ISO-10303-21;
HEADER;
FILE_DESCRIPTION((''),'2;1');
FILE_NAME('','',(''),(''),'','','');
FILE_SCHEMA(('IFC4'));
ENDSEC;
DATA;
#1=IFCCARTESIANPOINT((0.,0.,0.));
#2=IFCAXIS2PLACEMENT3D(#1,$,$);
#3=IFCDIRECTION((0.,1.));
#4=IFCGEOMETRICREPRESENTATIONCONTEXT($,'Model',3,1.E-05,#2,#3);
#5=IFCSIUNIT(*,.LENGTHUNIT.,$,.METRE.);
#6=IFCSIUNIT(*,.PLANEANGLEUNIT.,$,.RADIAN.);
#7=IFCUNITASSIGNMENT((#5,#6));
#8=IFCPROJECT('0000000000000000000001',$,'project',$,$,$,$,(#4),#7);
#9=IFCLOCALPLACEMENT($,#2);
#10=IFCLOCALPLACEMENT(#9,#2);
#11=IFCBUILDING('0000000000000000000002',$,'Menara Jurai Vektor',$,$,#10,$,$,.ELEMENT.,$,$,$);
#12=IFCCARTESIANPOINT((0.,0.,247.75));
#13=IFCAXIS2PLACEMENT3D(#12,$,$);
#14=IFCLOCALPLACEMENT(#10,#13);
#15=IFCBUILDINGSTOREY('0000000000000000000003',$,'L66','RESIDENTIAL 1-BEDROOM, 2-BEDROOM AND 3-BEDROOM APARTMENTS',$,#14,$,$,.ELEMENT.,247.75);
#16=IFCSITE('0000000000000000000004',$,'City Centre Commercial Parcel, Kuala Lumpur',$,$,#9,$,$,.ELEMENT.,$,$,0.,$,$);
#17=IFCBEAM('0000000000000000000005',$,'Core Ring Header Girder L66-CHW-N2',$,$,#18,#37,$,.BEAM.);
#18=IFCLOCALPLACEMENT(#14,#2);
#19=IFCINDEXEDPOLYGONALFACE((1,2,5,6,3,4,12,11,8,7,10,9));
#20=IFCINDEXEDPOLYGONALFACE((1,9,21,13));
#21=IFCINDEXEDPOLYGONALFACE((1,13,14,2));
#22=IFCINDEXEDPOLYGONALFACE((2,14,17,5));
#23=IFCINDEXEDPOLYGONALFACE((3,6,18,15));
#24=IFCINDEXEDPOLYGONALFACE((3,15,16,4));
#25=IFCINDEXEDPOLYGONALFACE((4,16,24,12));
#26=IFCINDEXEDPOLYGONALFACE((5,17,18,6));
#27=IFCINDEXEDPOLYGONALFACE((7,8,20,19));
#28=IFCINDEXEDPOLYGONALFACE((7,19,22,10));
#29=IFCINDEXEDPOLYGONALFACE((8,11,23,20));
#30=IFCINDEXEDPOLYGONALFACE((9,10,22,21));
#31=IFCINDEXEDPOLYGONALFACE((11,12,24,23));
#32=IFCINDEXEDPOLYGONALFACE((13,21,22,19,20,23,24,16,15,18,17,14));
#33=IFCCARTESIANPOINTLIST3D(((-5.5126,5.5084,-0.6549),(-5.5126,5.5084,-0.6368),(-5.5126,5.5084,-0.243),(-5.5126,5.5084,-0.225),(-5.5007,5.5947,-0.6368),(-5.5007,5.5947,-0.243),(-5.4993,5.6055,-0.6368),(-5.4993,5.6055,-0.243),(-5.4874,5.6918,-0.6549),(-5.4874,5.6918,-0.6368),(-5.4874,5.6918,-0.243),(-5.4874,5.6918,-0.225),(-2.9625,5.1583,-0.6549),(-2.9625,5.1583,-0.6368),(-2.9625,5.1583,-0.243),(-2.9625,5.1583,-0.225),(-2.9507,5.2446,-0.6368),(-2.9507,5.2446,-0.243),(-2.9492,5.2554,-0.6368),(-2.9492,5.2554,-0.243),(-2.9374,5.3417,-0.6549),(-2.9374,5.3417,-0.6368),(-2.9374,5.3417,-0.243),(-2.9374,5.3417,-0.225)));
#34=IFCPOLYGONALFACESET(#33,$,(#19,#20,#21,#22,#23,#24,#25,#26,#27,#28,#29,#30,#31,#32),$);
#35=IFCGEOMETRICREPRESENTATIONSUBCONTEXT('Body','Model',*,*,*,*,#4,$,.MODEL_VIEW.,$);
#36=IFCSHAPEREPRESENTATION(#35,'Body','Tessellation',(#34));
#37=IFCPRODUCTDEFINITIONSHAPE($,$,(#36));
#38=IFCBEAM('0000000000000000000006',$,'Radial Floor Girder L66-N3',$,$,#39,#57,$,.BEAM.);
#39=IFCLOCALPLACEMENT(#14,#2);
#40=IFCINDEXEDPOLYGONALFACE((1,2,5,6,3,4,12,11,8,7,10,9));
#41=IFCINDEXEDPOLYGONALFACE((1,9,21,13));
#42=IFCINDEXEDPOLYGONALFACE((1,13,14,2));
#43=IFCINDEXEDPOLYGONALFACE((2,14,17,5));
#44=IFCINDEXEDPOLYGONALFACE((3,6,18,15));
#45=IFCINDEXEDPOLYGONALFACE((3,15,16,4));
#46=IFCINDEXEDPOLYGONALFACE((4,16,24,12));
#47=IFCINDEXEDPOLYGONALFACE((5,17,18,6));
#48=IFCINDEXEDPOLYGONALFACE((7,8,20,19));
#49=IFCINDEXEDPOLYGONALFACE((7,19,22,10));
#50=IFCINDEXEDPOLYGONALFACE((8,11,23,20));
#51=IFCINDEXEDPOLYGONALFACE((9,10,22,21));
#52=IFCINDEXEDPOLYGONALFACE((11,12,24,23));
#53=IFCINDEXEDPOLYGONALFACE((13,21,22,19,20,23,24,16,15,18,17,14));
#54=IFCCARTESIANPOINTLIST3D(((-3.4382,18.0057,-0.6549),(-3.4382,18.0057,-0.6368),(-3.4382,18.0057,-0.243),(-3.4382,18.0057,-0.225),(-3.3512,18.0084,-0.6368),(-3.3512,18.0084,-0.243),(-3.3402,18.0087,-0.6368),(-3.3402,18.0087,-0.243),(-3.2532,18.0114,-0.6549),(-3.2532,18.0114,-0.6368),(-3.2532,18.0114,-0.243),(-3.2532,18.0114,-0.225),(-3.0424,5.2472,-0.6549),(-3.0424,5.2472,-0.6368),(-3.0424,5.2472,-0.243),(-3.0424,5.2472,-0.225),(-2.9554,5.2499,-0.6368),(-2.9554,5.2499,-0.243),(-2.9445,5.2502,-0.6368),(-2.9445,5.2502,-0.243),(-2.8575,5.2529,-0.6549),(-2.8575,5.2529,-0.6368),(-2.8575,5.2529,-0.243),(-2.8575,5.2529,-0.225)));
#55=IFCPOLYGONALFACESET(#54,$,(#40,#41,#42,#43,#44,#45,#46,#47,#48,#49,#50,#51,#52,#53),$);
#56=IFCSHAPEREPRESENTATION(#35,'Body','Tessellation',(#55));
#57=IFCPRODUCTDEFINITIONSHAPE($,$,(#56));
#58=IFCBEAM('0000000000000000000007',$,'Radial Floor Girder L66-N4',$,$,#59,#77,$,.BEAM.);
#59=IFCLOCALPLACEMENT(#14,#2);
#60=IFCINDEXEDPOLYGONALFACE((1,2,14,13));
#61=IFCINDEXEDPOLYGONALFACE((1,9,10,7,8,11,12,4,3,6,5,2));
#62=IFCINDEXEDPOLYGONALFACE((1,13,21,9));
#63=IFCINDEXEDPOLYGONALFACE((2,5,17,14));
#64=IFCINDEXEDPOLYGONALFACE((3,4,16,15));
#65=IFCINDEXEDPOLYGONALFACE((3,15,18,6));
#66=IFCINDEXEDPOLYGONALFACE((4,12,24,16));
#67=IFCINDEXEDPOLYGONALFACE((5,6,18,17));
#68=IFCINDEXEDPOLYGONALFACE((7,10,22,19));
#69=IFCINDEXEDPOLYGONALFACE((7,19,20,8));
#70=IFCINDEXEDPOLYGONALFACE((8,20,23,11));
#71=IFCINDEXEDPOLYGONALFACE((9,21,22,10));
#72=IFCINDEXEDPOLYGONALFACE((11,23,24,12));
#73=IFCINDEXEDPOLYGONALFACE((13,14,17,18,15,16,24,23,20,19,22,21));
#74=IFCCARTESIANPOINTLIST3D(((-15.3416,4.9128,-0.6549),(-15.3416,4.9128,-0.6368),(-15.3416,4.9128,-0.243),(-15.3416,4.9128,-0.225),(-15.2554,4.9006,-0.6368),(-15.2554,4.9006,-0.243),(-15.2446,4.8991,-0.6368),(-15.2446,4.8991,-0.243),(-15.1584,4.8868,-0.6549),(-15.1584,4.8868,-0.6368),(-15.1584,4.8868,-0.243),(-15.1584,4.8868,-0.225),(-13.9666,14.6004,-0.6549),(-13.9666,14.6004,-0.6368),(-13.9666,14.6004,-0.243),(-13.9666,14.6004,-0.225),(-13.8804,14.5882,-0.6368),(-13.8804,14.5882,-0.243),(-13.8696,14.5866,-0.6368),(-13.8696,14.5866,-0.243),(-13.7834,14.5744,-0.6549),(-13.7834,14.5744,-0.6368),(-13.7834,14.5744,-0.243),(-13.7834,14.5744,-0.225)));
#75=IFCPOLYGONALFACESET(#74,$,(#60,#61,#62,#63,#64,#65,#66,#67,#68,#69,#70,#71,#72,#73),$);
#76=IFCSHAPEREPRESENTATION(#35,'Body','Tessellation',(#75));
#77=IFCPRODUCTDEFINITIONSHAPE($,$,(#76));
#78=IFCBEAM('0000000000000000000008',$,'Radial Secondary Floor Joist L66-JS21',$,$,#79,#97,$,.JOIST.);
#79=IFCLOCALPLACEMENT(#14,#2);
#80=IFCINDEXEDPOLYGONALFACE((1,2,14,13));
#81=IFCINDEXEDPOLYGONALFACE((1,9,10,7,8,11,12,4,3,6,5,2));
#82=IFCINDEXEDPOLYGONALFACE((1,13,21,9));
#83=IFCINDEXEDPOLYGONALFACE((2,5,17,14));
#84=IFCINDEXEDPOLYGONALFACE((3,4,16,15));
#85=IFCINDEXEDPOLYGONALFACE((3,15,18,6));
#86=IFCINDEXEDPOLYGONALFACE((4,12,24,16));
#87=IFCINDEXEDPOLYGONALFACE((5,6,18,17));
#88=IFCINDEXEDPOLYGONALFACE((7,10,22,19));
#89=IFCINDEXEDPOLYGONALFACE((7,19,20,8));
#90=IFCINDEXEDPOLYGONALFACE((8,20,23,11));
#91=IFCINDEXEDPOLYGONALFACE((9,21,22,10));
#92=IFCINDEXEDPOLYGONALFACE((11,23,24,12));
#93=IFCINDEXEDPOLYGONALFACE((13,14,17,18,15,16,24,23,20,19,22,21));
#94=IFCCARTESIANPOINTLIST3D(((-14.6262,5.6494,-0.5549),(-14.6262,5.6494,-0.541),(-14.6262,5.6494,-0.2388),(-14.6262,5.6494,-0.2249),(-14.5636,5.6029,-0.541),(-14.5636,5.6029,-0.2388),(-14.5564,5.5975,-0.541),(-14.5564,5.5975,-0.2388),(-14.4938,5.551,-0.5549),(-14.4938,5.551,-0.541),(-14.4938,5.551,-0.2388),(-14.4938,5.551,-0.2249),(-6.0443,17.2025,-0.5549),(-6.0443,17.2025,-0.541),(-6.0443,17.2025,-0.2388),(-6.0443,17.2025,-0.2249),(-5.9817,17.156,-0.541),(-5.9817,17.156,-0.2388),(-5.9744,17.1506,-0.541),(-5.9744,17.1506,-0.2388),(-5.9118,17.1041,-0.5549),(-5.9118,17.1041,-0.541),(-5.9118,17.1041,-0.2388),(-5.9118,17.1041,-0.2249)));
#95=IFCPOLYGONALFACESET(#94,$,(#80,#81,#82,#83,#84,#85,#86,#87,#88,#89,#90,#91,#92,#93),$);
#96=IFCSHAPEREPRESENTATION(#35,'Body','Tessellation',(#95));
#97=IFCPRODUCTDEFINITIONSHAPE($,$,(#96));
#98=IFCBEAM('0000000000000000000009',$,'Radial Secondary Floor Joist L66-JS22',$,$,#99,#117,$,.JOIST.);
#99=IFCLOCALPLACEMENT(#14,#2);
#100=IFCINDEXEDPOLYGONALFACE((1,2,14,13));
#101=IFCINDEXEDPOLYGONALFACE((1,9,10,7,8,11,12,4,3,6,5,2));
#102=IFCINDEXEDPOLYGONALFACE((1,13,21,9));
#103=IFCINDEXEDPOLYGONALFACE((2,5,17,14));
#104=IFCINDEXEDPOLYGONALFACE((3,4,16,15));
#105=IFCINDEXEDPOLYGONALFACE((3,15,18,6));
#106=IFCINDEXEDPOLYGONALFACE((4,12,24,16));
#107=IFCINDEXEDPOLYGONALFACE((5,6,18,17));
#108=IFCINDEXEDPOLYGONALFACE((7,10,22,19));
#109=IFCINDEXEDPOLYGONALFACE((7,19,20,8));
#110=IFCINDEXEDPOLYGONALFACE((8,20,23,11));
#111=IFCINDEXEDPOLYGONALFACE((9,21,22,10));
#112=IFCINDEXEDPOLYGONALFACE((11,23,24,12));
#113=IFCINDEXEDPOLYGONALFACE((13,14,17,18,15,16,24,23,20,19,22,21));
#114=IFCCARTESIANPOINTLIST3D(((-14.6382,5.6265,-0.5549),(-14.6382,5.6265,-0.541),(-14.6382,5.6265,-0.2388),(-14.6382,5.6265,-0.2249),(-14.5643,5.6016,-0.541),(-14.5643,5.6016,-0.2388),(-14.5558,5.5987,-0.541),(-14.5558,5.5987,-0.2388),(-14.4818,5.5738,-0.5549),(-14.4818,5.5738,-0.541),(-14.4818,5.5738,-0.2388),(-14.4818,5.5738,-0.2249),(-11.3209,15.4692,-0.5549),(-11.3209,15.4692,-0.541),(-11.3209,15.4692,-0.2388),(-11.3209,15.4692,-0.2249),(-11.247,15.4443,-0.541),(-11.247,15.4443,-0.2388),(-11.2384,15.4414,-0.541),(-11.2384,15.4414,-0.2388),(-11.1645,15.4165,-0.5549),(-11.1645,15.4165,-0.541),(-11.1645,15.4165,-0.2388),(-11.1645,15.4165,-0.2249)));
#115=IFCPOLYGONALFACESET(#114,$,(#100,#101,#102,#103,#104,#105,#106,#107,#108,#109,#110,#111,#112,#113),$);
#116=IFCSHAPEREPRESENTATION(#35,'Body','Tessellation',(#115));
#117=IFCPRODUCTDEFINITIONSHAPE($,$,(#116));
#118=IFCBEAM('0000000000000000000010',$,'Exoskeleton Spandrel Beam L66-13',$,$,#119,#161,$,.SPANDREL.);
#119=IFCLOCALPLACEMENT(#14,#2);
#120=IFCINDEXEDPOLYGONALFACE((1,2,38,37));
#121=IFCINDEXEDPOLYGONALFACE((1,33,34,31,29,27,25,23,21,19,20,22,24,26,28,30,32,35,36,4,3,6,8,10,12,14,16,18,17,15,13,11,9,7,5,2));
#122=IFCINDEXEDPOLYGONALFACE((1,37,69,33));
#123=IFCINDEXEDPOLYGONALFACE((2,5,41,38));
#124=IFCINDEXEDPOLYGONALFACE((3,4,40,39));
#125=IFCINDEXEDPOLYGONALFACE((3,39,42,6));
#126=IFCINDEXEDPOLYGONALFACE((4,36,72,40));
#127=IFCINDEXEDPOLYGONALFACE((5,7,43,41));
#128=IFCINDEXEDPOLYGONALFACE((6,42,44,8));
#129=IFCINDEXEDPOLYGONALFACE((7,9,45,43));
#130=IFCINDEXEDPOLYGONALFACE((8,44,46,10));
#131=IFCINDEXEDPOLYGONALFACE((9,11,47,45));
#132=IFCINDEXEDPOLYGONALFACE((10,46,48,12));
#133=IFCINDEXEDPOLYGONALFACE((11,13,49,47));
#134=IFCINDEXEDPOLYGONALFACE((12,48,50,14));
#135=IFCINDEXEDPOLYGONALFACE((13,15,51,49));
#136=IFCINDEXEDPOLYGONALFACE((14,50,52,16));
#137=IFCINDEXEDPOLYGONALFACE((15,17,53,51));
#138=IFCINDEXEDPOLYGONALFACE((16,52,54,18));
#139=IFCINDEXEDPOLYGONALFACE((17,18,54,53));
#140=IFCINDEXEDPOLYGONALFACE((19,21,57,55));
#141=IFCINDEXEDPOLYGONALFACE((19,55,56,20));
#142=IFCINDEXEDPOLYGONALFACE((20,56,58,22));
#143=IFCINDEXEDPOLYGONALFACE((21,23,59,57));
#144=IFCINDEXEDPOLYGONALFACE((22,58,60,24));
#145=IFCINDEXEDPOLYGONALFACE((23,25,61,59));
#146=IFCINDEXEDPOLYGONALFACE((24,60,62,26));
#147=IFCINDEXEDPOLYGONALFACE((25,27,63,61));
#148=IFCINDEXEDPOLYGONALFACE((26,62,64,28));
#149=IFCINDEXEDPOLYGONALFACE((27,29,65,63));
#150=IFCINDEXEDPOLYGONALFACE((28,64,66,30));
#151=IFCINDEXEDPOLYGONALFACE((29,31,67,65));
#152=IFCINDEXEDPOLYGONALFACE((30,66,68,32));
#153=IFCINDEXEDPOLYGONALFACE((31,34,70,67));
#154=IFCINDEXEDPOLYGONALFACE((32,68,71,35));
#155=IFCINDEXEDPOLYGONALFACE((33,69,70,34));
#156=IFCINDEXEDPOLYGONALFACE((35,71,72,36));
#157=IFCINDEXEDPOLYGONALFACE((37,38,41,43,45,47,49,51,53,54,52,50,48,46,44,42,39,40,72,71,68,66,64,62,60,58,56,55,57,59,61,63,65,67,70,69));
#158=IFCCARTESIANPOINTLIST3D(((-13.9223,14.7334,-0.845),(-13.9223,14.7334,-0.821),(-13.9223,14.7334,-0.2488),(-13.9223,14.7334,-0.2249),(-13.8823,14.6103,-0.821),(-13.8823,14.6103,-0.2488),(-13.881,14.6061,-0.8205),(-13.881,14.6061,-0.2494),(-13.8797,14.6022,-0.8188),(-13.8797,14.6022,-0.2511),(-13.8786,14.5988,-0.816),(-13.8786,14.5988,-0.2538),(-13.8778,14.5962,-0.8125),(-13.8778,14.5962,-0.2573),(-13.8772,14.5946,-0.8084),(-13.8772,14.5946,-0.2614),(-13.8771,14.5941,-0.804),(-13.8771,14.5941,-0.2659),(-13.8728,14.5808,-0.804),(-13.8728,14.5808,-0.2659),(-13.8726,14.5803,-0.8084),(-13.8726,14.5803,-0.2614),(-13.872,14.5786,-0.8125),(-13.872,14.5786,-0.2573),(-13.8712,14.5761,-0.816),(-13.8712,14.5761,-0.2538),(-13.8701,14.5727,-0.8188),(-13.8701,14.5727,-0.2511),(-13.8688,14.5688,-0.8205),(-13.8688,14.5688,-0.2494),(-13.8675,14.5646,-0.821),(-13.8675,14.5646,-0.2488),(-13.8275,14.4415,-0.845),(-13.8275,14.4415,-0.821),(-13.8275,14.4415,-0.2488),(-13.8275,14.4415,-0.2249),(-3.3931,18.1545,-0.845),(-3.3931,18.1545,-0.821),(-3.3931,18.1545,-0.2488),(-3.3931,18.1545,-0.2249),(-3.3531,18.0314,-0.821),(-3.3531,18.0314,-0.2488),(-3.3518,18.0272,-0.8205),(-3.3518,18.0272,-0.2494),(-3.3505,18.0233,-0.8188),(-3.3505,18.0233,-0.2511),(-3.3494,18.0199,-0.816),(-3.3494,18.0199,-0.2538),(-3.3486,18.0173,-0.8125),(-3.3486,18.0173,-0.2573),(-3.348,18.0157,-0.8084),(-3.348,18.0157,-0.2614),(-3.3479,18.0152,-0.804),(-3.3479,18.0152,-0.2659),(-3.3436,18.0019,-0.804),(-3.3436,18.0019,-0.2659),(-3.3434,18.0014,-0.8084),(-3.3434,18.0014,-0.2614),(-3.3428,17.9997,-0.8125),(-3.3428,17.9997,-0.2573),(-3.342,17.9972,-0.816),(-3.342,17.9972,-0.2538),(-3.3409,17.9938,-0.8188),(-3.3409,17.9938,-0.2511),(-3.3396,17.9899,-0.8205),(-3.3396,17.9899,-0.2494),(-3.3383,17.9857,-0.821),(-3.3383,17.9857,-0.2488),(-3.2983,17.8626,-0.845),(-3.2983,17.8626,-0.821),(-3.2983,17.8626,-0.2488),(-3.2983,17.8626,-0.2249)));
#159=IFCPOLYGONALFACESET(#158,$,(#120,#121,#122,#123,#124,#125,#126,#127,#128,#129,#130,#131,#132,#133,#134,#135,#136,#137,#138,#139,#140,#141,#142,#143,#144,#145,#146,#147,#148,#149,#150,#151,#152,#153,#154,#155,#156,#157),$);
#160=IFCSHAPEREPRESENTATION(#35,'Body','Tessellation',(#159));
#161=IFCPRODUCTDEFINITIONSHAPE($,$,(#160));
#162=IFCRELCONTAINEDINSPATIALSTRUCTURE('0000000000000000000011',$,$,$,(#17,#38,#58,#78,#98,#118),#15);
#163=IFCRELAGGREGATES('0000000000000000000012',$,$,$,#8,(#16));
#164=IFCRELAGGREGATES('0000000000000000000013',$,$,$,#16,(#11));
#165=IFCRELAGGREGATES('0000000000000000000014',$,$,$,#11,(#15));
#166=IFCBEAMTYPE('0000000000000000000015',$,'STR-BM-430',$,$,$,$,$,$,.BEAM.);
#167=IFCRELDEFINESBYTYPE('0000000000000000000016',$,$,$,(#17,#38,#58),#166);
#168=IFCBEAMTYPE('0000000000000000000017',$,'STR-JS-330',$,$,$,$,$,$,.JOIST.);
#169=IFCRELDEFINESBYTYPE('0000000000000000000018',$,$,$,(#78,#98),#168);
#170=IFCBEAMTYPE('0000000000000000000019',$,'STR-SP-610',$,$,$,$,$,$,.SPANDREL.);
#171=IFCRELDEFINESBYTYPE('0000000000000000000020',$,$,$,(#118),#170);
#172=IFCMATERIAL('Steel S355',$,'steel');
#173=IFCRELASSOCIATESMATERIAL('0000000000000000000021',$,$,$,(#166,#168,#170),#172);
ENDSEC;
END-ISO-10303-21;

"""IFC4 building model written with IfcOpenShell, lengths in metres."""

from ifc_helpers import new_model, si_unit, direction, frame, origin, origin_2d, place, context, subcontext, project, spatial, i_section, extrude, material, material_profile, profile_set, type_object, element, save


model = new_model("IFC4")

# Units and contexts
model_context = context("Model", 3, precision=1e-05, world=origin(), true_north=direction((0.0, 1.0)))
body_context = subcontext(model_context, "Body", "Model", "MODEL_VIEW")
ifc_project = project(units=[si_unit("LENGTHUNIT", "METRE"), si_unit("PLANEANGLEUNIT", "RADIAN")], contexts=[model_context])

# Site, building, storey
site_placement = place(None, origin())
site = spatial("IfcSite", under=ifc_project, at=site_placement, Name="City Centre Commercial Parcel, Kuala Lumpur", CompositionType="ELEMENT", RefElevation=0.0)
building_placement = place(site_placement, origin())
building = spatial("IfcBuilding", under=site, at=building_placement, Name="Menara Jurai Vektor", CompositionType="ELEMENT")
storey_placement = place(building_placement, frame((0.0, 0.0, 247.75)))
storey = spatial("IfcBuildingStorey", under=building, at=storey_placement, Name="L66", Description="RESIDENTIAL 1-BEDROOM, 2-BEDROOM AND 3-BEDROOM APARTMENTS", CompositionType="ELEMENT", Elevation=247.75)

# Beams
ifc_material_1 = material(Name="Steel S355", Category="steel")
ifc_material_profile_1 = material_profile(ifc_material_1, i_section(OverallWidth=0.1851, OverallDepth=0.4299, WebThickness=0.011, FlangeThickness=0.0181, at=origin_2d()), Name="PG 430x185x76")
ifc_profile_set_1 = profile_set([ifc_material_profile_1], Name="Steel S355")
beam_type_1 = type_object("IfcBeamType", Name="STR-BM-430", PredefinedType="BEAM", material=ifc_profile_set_1)
beam_1_placement = place(storey_placement, frame((-5.5, 5.6001, -0.4399), z_axis=(0.990707, -0.136015, 0.0), x_axis=(0.136015, 0.990707, 0.0)))
element("IfcBeam", 1, at=beam_1_placement, inside=storey, type_object=beam_type_1, Name="Core Ring Header Girder L66-CHW-N2", PredefinedType="BEAM", context=body_context, shape_type="SweptSolid", body=[
    extrude(i_section(OverallWidth=0.1851, OverallDepth=0.4299, WebThickness=0.011, FlangeThickness=0.0181, at=origin_2d()), origin(), (0.0, 0.0, 1.0), 2.574),
])
beam_2_placement = place(storey_placement, frame((-3.3457, 18.0085, -0.4399), z_axis=(0.031004, -0.999519, 0.0), x_axis=(0.999519, 0.031004, 0.0)))
element("IfcBeam", 2, at=beam_2_placement, inside=storey, type_object=beam_type_1, Name="Radial Floor Girder L66-N3", PredefinedType="BEAM", context=body_context, shape_type="SweptSolid", body=[
    extrude(i_section(OverallWidth=0.1851, OverallDepth=0.4299, WebThickness=0.011, FlangeThickness=0.0181, at=origin_2d()), origin(), (0.0, 0.0, 1.0), 12.7646),
])
beam_3_placement = place(storey_placement, frame((-13.875, 14.5874, -0.4399), z_axis=(-0.140527, -0.990077, 0.0), x_axis=(0.990077, -0.140527, 0.0)))
element("IfcBeam", 3, at=beam_3_placement, inside=storey, type_object=beam_type_1, Name="Radial Floor Girder L66-N4", PredefinedType="BEAM", context=body_context, shape_type="SweptSolid", body=[
    extrude(i_section(OverallWidth=0.1851, OverallDepth=0.4299, WebThickness=0.011, FlangeThickness=0.0181, at=origin_2d()), origin(), (0.0, 0.0, 1.0), 9.7847),
])
ifc_material_profile_2 = material_profile(ifc_material_1, i_section(OverallWidth=0.165, OverallDepth=0.3301, WebThickness=0.009, FlangeThickness=0.0139, at=origin_2d()), Name="PG 330x165x46")
ifc_profile_set_2 = profile_set([ifc_material_profile_2], Name="Steel S355")
beam_type_2 = type_object("IfcBeamType", Name="STR-JS-330", PredefinedType="JOIST", material=ifc_profile_set_2)
beam_4_placement = place(storey_placement, frame((-5.978, 17.1533, -0.3899), z_axis=(-0.596308, -0.802756, 0.0), x_axis=(0.802756, -0.596308, 0.0)))
element("IfcBeam", 4, at=beam_4_placement, inside=storey, type_object=beam_type_2, Name="Radial Secondary Floor Joist L66-JS21", PredefinedType="JOIST", context=body_context, shape_type="SweptSolid", body=[
    extrude(i_section(OverallWidth=0.165, OverallDepth=0.3301, WebThickness=0.009, FlangeThickness=0.0139, at=origin_2d()), origin(), (0.0, 0.0, 1.0), 14.3918),
])
beam_5_placement = place(storey_placement, frame((-11.2427, 15.4429, -0.3899), z_axis=(-0.319385, -0.947625, 0.0), x_axis=(0.947625, -0.319385, 0.0)))
element("IfcBeam", 5, at=beam_5_placement, inside=storey, type_object=beam_type_2, Name="Radial Secondary Floor Joist L66-JS22", PredefinedType="JOIST", context=body_context, shape_type="SweptSolid", body=[
    extrude(i_section(OverallWidth=0.165, OverallDepth=0.3301, WebThickness=0.009, FlangeThickness=0.0139, at=origin_2d()), origin(), (0.0, 0.0, 1.0), 10.3867),
])
ifc_material_profile_3 = material_profile(ifc_material_1, i_section(OverallWidth=0.3069, OverallDepth=0.6201, WebThickness=0.0139, FlangeThickness=0.0239, FilletRadius=0.0171, at=origin_2d()), Name="UKB 610x305x179")
ifc_profile_set_3 = profile_set([ifc_material_profile_3], Name="Steel S355")
beam_type_3 = type_object("IfcBeamType", Name="STR-SP-610", PredefinedType="SPANDREL", material=ifc_profile_set_3)
for number, where, z_axis, x_axis, name in (
    (6, (-3.3457, 18.0085, -0.5349), (-0.951057, -0.309014, 0.0), (0.309014, -0.951057, 0.0), "Exoskeleton Spandrel Beam L66-13"),
):
    element("IfcBeam", number, at=place(storey_placement, frame(where, z_axis=z_axis, x_axis=x_axis)), inside=storey, type_object=beam_type_3, Name=name, PredefinedType="SPANDREL", context=body_context, shape_type="SweptSolid", body=[
        extrude(i_section(OverallWidth=0.3069, OverallDepth=0.6201, WebThickness=0.0139, FlangeThickness=0.0239, FilletRadius=0.0171, at=origin_2d()), origin(), (0.0, 0.0, 1.0), 11.071),
    ])

save(model, "model.ifc")
